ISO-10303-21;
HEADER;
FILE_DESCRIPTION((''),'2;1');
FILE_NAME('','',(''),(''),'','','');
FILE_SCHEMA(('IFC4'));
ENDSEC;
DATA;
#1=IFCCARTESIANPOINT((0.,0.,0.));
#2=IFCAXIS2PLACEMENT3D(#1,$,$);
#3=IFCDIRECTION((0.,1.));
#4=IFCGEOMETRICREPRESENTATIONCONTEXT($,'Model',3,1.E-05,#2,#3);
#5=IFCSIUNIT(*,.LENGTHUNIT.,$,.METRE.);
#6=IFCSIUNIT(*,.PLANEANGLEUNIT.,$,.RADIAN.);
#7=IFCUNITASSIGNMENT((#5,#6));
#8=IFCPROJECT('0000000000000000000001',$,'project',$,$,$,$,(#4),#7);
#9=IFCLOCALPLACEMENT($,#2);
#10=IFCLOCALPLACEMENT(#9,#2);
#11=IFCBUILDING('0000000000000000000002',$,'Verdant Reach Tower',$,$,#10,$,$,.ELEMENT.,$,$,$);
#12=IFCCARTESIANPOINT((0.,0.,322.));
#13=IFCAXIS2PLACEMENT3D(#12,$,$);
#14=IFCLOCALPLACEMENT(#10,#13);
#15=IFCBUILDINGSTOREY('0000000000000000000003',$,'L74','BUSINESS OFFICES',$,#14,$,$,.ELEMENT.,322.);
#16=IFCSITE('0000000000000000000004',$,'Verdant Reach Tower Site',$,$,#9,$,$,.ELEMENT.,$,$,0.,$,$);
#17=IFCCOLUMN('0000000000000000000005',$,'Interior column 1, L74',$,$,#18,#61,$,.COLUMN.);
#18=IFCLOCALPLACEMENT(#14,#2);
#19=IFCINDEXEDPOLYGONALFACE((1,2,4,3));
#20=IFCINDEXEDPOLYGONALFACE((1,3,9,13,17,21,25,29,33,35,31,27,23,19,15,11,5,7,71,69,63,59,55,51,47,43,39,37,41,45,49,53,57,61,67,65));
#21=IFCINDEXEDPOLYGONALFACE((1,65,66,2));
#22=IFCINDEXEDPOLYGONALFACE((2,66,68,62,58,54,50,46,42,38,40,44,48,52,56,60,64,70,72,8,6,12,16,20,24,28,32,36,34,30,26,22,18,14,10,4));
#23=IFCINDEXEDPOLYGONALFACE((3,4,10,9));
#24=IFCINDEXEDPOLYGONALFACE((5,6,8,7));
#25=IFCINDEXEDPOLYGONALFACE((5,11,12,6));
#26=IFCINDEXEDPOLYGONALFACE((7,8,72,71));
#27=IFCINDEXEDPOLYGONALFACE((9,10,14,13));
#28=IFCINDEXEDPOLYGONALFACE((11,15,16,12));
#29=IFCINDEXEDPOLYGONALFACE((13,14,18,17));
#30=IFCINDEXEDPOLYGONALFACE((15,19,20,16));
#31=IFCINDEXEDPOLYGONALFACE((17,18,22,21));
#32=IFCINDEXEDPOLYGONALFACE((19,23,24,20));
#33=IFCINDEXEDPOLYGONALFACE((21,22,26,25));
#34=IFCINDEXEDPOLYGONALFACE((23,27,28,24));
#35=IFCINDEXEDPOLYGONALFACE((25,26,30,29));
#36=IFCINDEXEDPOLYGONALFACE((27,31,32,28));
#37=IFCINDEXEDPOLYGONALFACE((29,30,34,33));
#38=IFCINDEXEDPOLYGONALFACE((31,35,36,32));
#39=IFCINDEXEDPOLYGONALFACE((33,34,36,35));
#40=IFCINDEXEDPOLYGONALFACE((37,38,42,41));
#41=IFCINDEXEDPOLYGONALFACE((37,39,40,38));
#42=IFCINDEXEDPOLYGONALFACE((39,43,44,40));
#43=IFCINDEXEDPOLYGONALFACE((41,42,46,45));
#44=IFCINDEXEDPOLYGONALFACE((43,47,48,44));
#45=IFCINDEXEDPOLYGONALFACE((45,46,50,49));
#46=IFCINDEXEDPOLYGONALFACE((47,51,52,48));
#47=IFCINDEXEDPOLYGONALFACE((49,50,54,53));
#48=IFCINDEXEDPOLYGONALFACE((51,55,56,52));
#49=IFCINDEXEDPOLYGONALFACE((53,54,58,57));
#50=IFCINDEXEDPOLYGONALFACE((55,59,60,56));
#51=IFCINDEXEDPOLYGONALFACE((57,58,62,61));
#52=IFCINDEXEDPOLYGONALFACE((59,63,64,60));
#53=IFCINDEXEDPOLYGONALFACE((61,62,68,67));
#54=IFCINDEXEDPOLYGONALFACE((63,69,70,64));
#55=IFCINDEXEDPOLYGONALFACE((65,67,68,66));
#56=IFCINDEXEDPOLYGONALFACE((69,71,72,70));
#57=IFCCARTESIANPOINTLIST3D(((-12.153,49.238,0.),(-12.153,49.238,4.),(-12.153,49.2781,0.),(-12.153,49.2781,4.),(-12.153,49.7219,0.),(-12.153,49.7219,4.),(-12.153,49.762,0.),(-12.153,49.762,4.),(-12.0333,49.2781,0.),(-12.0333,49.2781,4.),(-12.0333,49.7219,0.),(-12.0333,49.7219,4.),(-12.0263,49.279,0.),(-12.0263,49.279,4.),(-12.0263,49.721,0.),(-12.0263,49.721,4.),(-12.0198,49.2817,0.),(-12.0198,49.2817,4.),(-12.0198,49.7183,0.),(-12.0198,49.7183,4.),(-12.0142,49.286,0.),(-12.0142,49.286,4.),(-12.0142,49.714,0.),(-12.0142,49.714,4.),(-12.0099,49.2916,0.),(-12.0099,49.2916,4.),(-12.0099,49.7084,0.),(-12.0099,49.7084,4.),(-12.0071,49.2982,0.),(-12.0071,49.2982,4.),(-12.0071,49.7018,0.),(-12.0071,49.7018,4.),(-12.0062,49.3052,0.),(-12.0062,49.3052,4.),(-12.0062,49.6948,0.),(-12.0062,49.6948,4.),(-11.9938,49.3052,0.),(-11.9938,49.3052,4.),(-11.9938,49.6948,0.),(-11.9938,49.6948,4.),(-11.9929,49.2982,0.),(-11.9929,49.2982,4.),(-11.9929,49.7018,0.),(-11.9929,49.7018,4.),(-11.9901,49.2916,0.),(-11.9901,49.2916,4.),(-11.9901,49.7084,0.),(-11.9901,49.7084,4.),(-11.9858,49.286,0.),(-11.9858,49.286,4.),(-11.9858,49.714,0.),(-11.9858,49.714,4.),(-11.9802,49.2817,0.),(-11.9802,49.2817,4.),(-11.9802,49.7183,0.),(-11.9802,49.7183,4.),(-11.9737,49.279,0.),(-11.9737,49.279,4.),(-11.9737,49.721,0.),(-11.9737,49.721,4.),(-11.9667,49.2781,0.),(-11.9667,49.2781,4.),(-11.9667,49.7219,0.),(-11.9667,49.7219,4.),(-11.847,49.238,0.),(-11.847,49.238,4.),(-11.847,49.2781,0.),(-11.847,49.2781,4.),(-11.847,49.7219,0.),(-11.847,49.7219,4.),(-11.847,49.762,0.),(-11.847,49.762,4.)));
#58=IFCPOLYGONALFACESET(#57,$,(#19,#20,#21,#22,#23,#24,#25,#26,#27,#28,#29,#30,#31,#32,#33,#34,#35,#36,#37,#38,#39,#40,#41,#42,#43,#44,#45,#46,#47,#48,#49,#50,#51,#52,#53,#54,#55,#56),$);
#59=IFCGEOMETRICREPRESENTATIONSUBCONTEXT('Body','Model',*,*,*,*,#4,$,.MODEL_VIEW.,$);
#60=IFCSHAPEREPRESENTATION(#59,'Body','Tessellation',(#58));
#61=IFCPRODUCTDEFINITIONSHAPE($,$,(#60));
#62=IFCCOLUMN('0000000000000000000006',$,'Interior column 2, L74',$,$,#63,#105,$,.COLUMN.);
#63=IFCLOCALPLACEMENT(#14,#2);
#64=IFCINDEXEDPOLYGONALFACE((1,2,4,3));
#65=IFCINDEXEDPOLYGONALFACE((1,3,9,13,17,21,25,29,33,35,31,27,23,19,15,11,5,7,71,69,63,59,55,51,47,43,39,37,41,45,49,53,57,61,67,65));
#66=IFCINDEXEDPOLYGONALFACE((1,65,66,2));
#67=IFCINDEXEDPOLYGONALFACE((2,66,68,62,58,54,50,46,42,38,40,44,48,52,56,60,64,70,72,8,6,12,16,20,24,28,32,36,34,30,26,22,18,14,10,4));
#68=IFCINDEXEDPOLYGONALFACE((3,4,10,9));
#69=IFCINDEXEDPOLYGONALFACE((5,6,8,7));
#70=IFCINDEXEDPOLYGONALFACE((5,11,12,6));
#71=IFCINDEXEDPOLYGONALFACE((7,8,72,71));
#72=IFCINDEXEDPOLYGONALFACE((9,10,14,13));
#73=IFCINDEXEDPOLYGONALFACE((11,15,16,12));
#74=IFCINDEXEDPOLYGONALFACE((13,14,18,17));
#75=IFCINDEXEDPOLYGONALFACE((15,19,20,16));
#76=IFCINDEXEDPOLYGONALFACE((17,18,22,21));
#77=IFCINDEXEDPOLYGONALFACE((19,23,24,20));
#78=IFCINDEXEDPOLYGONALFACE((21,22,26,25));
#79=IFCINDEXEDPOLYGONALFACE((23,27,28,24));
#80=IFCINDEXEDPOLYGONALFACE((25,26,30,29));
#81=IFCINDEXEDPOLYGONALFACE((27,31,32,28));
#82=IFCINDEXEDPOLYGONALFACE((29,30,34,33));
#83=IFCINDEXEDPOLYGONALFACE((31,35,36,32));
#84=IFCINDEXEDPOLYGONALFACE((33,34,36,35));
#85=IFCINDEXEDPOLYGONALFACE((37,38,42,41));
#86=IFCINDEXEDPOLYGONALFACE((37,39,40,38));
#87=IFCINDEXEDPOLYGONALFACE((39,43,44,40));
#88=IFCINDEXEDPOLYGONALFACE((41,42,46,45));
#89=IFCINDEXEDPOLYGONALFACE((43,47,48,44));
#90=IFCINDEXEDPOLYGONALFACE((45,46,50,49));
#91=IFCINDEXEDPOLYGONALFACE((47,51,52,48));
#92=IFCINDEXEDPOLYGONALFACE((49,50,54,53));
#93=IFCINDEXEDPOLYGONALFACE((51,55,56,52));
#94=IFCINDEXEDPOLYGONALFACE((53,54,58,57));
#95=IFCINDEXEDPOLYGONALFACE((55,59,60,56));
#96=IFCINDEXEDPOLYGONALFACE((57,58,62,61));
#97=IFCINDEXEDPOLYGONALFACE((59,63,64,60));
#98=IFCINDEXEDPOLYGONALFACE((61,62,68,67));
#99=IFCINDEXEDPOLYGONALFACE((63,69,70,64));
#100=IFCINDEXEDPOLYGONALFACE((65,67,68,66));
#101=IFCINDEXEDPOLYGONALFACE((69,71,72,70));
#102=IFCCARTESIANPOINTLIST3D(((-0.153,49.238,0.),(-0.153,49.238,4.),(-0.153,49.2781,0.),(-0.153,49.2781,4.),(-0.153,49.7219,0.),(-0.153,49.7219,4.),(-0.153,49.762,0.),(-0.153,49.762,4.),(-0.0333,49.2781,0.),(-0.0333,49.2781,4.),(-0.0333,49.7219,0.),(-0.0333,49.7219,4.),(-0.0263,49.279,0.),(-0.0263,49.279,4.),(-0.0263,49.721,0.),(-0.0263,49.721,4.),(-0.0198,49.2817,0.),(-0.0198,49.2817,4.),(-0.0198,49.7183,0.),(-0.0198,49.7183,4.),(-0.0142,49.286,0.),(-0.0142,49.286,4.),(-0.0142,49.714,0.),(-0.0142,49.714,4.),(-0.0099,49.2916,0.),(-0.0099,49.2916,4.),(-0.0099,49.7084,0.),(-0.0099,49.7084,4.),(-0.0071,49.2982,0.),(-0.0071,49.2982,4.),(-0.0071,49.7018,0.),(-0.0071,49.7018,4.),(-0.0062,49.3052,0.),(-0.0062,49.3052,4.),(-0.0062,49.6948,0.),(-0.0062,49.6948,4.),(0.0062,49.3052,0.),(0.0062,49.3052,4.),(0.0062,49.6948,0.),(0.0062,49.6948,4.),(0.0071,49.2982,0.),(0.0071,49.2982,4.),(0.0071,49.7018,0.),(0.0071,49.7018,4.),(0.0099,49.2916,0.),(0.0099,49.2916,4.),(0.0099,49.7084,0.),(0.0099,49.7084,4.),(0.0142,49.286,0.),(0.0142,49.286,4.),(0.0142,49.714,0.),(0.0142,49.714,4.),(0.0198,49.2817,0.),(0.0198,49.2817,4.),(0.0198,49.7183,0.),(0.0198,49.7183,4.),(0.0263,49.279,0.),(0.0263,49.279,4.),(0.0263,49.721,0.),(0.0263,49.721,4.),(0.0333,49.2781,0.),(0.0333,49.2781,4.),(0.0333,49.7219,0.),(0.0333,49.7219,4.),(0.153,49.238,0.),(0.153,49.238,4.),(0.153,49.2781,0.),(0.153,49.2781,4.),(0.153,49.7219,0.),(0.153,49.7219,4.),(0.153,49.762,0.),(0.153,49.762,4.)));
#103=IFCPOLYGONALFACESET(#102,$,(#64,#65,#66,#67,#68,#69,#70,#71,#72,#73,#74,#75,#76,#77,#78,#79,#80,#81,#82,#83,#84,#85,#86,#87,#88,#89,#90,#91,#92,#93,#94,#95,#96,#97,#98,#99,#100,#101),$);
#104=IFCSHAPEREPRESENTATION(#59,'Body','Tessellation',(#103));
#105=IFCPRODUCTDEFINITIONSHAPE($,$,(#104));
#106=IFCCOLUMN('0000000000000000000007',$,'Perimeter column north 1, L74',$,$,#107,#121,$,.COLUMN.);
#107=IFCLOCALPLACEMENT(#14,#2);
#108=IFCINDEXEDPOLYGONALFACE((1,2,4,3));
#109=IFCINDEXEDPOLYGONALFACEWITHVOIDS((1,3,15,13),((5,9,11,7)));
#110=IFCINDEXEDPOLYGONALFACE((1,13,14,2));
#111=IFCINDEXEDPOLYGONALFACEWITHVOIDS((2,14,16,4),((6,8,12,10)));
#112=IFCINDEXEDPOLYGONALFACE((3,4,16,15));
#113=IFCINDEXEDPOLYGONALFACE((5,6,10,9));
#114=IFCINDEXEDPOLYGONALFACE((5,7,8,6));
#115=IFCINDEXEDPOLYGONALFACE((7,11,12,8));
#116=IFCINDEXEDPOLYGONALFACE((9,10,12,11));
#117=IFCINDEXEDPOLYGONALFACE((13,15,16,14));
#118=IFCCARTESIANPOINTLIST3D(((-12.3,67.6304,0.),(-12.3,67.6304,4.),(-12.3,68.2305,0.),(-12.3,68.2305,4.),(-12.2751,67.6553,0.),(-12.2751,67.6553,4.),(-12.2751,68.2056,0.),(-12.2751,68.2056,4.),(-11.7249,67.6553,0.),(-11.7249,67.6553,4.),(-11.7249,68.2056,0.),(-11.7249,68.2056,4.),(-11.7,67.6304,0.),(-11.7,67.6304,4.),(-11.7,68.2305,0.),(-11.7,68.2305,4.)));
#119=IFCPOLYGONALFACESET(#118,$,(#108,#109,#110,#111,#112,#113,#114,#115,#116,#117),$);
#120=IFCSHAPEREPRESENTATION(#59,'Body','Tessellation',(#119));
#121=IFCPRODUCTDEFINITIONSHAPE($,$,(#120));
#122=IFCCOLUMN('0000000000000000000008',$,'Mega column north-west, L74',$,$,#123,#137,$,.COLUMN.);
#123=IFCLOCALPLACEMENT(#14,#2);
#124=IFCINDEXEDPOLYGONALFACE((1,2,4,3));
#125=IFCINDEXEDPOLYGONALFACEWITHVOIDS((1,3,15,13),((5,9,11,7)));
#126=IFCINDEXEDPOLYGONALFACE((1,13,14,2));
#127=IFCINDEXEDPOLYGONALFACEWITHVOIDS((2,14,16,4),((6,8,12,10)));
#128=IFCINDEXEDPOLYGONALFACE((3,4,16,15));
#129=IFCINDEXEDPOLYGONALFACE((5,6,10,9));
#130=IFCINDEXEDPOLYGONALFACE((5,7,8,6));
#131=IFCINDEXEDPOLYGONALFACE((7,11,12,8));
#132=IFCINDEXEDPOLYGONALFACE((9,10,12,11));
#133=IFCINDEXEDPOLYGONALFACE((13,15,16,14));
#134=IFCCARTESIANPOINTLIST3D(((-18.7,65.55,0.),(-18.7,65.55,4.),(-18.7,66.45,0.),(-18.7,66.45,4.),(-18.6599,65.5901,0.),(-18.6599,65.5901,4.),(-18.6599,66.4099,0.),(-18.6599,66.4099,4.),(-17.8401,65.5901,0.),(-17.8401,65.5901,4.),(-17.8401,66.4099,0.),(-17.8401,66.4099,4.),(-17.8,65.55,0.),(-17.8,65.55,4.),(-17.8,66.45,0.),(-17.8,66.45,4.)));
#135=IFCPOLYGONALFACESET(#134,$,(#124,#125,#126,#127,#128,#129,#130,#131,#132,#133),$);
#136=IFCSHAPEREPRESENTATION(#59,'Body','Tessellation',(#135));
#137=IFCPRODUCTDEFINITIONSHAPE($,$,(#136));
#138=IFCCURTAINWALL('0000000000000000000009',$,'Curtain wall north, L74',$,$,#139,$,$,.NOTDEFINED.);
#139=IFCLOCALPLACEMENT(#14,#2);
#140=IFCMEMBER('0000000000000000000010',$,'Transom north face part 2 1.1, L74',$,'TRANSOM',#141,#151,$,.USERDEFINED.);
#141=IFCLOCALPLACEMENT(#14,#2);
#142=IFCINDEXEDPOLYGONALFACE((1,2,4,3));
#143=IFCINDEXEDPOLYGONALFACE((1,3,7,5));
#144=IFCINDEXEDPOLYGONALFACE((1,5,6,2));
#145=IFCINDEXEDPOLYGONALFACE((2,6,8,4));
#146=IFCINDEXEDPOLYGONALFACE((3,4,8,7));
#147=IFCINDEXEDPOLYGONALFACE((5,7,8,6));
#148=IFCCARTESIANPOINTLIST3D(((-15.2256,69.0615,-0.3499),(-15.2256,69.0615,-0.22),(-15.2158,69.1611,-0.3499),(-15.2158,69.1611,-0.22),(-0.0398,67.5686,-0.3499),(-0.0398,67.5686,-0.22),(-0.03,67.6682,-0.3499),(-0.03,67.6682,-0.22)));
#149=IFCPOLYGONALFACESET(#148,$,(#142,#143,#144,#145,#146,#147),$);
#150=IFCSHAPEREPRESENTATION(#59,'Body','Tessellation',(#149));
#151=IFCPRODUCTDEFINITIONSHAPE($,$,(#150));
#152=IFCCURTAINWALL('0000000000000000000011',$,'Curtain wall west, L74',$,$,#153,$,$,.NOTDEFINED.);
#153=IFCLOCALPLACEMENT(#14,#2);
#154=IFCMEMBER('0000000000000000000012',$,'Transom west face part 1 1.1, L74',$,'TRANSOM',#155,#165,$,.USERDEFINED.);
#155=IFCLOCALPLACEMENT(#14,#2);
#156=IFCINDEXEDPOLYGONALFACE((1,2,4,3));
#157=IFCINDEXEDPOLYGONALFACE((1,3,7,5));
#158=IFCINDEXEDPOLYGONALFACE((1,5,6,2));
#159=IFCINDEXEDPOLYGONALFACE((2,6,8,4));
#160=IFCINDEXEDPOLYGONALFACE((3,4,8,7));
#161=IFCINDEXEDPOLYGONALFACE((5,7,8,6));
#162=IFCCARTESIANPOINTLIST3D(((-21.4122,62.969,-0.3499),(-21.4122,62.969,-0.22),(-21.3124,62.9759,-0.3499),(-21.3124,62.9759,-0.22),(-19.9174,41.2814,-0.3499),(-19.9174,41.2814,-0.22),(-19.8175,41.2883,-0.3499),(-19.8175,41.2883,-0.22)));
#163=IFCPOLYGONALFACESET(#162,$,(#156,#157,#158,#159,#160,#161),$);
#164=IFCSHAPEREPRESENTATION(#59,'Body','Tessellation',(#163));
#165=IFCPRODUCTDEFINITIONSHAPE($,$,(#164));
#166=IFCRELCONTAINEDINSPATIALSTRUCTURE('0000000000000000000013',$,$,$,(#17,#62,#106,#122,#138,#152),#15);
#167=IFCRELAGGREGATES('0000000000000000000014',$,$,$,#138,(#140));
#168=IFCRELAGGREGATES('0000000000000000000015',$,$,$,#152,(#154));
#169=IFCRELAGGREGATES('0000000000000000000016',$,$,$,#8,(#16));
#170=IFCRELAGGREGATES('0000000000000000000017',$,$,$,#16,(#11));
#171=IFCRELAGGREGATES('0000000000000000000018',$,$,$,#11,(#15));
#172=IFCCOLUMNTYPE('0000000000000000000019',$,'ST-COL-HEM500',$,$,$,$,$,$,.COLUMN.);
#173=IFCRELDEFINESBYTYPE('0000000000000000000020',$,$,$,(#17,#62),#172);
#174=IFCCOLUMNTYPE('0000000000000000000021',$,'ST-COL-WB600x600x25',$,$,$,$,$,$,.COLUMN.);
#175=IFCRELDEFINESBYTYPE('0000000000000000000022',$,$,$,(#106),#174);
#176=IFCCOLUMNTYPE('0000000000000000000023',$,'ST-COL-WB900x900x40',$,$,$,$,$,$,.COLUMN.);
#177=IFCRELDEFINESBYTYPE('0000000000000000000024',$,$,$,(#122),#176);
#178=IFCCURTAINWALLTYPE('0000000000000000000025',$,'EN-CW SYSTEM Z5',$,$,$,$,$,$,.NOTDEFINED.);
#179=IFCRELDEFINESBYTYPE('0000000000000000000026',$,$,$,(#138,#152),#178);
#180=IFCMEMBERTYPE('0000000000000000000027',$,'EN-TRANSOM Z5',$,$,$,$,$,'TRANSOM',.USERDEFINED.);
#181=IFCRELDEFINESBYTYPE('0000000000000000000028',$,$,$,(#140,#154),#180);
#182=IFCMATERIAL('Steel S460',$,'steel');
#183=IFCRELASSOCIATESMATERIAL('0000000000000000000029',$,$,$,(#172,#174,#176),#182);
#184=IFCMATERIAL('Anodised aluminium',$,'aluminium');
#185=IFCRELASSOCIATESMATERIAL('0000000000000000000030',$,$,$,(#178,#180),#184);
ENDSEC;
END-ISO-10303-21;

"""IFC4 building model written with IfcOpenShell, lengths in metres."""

from ifc_helpers import new_model, si_unit, direction, frame, origin, origin_2d, place, context, subcontext, project, spatial, rectangle, hollow_rectangle, i_section, extrude, material, material_profile, profile_set, type_object, element, aggregate, save


model = new_model("IFC4")

# Units and contexts
model_context = context("Model", 3, precision=1e-05, world=origin(), true_north=direction((0.0, 1.0)))
body_context = subcontext(model_context, "Body", "Model", "MODEL_VIEW")
ifc_project = project(units=[si_unit("LENGTHUNIT", "METRE"), si_unit("PLANEANGLEUNIT", "RADIAN")], contexts=[model_context])

# Site, building, storey
site_placement = place(None, origin())
site = spatial("IfcSite", under=ifc_project, at=site_placement, Name="Verdant Reach Tower Site", CompositionType="ELEMENT", RefElevation=0.0)
building_placement = place(site_placement, origin())
building = spatial("IfcBuilding", under=site, at=building_placement, Name="Verdant Reach Tower", CompositionType="ELEMENT")
storey_placement = place(building_placement, frame((0.0, 0.0, 322.0)))
storey = spatial("IfcBuildingStorey", under=building, at=storey_placement, Name="L74", Description="BUSINESS OFFICES", CompositionType="ELEMENT", Elevation=322.0)

# Columns
ifc_material_1 = material(Name="Steel S460", Category="steel")
ifc_material_profile_1 = material_profile(ifc_material_1, i_section(OverallWidth=0.3059, OverallDepth=0.5239, WebThickness=0.0125, FlangeThickness=0.04, FilletRadius=0.0271, at=origin_2d()), Name="HEM 500")
ifc_profile_set_1 = profile_set([ifc_material_profile_1], Name="Steel S460")
column_type_1 = type_object("IfcColumnType", Name="ST-COL-HEM500", PredefinedType="COLUMN", material=ifc_profile_set_1)
for number, where, z_axis, x_axis, name in (
    (1, (-12.0, 49.5, 0.0), (0.0, 0.0, 1.0), (1.0, 0.0, 0.0), "Interior column 1, L74"),
    (2, (0.0, 49.5, 0.0), (0.0, 0.0, 1.0), (1.0, 0.0, 0.0), "Interior column 2, L74"),
):
    element("IfcColumn", number, at=place(storey_placement, frame(where, z_axis=z_axis, x_axis=x_axis)), inside=storey, type_object=column_type_1, Name=name, PredefinedType="COLUMN", context=body_context, shape_type="SweptSolid", body=[
        extrude(i_section(OverallWidth=0.3059, OverallDepth=0.5239, WebThickness=0.0125, FlangeThickness=0.04, FilletRadius=0.0271, at=origin_2d()), origin(), (0.0, 0.0, 1.0), 4.0),
    ])
ifc_material_profile_2 = material_profile(ifc_material_1, hollow_rectangle(XDim=0.6001, YDim=0.6001, WallThickness=0.0249, at=origin_2d()), Name="WB 600x600x25")
ifc_profile_set_2 = profile_set([ifc_material_profile_2], Name="Steel S460")
column_type_2 = type_object("IfcColumnType", Name="ST-COL-WB600x600x25", PredefinedType="COLUMN", material=ifc_profile_set_2)
column_1_placement = place(storey_placement, frame((-12.0, 67.9304, 0.0), z_axis=(0.0, 0.0, 1.0), x_axis=(1.0, 0.0, 0.0)))
element("IfcColumn", 3, at=column_1_placement, inside=storey, type_object=column_type_2, Name="Perimeter column north 1, L74", PredefinedType="COLUMN", context=body_context, shape_type="SweptSolid", body=[
    extrude(hollow_rectangle(XDim=0.6001, YDim=0.6001, WallThickness=0.0249, at=origin_2d()), origin(), (0.0, 0.0, 1.0), 4.0),
])
ifc_material_profile_3 = material_profile(ifc_material_1, hollow_rectangle(XDim=0.8999, YDim=0.8999, WallThickness=0.04, at=origin_2d()), Name="WB 900x900x40")
ifc_profile_set_3 = profile_set([ifc_material_profile_3], Name="Steel S460")
column_type_3 = type_object("IfcColumnType", Name="ST-COL-WB900x900x40", PredefinedType="COLUMN", material=ifc_profile_set_3)
column_2_placement = place(storey_placement, frame((-18.25, 66.0, 0.0), z_axis=(0.0, 0.0, 1.0), x_axis=(1.0, 0.0, 0.0)))
element("IfcColumn", 4, at=column_2_placement, inside=storey, type_object=column_type_3, Name="Mega column north-west, L74", PredefinedType="COLUMN", context=body_context, shape_type="SweptSolid", body=[
    extrude(hollow_rectangle(XDim=0.8999, YDim=0.8999, WallThickness=0.04, at=origin_2d()), origin(), (0.0, 0.0, 1.0), 4.0),
])

# Curtain walls, members
ifc_material_2 = material(Name="Anodised aluminium", Category="aluminium")
curtain_wall_type = type_object("IfcCurtainWallType", Name="EN-CW SYSTEM Z5", PredefinedType="NOTDEFINED", material=ifc_material_2)
curtain_wall_1_placement = place(storey_placement, origin())
curtain_wall_1 = element("IfcCurtainWall", 5, at=curtain_wall_1_placement, inside=storey, type_object=curtain_wall_type, Name="Curtain wall north, L74", PredefinedType="NOTDEFINED")
ifc_material_profile_4 = material_profile(ifc_material_2, rectangle(XDim=0.1001, YDim=0.1299, at=origin_2d()), Name="Transom 130x100")
ifc_profile_set_4 = profile_set([ifc_material_profile_4], Name="Anodised aluminium")
member_type = type_object("IfcMemberType", Name="EN-TRANSOM Z5", ElementType="TRANSOM", PredefinedType="USERDEFINED", material=ifc_profile_set_4)
member_1_placement = place(storey_placement, frame((-0.0349, 67.6184, -0.2849), z_axis=(-0.995202, 0.097839, 0.0), x_axis=(-0.097839, -0.995202, 0.0)))
member_1 = element("IfcMember", 6, at=member_1_placement, type_object=member_type, Name="Transom north face part 2 1.1, L74", ObjectType="TRANSOM", PredefinedType="USERDEFINED", context=body_context, shape_type="SweptSolid", body=[
    extrude(rectangle(XDim=0.1001, YDim=0.1299, at=origin_2d()), origin(), (0.0, 0.0, 1.0), 15.259),
])
curtain_wall_2_placement = place(storey_placement, origin())
curtain_wall_2 = element("IfcCurtainWall", 7, at=curtain_wall_2_placement, inside=storey, type_object=curtain_wall_type, Name="Curtain wall west, L74", PredefinedType="NOTDEFINED")
member_2_placement = place(storey_placement, frame((-21.3623, 62.9724, -0.2849), z_axis=(0.068765, -0.997633, 0.0), x_axis=(0.997633, 0.068765, 0.0)))
member_2 = element("IfcMember", 8, at=member_2_placement, type_object=member_type, Name="Transom west face part 1 1.1, L74", ObjectType="TRANSOM", PredefinedType="USERDEFINED", context=body_context, shape_type="SweptSolid", body=[
    extrude(rectangle(XDim=0.1001, YDim=0.1299, at=origin_2d()), origin(), (0.0, 0.0, 1.0), 21.739),
])

aggregate(curtain_wall_1, [member_1])
aggregate(curtain_wall_2, [member_2])

save(model, "model.ifc")
